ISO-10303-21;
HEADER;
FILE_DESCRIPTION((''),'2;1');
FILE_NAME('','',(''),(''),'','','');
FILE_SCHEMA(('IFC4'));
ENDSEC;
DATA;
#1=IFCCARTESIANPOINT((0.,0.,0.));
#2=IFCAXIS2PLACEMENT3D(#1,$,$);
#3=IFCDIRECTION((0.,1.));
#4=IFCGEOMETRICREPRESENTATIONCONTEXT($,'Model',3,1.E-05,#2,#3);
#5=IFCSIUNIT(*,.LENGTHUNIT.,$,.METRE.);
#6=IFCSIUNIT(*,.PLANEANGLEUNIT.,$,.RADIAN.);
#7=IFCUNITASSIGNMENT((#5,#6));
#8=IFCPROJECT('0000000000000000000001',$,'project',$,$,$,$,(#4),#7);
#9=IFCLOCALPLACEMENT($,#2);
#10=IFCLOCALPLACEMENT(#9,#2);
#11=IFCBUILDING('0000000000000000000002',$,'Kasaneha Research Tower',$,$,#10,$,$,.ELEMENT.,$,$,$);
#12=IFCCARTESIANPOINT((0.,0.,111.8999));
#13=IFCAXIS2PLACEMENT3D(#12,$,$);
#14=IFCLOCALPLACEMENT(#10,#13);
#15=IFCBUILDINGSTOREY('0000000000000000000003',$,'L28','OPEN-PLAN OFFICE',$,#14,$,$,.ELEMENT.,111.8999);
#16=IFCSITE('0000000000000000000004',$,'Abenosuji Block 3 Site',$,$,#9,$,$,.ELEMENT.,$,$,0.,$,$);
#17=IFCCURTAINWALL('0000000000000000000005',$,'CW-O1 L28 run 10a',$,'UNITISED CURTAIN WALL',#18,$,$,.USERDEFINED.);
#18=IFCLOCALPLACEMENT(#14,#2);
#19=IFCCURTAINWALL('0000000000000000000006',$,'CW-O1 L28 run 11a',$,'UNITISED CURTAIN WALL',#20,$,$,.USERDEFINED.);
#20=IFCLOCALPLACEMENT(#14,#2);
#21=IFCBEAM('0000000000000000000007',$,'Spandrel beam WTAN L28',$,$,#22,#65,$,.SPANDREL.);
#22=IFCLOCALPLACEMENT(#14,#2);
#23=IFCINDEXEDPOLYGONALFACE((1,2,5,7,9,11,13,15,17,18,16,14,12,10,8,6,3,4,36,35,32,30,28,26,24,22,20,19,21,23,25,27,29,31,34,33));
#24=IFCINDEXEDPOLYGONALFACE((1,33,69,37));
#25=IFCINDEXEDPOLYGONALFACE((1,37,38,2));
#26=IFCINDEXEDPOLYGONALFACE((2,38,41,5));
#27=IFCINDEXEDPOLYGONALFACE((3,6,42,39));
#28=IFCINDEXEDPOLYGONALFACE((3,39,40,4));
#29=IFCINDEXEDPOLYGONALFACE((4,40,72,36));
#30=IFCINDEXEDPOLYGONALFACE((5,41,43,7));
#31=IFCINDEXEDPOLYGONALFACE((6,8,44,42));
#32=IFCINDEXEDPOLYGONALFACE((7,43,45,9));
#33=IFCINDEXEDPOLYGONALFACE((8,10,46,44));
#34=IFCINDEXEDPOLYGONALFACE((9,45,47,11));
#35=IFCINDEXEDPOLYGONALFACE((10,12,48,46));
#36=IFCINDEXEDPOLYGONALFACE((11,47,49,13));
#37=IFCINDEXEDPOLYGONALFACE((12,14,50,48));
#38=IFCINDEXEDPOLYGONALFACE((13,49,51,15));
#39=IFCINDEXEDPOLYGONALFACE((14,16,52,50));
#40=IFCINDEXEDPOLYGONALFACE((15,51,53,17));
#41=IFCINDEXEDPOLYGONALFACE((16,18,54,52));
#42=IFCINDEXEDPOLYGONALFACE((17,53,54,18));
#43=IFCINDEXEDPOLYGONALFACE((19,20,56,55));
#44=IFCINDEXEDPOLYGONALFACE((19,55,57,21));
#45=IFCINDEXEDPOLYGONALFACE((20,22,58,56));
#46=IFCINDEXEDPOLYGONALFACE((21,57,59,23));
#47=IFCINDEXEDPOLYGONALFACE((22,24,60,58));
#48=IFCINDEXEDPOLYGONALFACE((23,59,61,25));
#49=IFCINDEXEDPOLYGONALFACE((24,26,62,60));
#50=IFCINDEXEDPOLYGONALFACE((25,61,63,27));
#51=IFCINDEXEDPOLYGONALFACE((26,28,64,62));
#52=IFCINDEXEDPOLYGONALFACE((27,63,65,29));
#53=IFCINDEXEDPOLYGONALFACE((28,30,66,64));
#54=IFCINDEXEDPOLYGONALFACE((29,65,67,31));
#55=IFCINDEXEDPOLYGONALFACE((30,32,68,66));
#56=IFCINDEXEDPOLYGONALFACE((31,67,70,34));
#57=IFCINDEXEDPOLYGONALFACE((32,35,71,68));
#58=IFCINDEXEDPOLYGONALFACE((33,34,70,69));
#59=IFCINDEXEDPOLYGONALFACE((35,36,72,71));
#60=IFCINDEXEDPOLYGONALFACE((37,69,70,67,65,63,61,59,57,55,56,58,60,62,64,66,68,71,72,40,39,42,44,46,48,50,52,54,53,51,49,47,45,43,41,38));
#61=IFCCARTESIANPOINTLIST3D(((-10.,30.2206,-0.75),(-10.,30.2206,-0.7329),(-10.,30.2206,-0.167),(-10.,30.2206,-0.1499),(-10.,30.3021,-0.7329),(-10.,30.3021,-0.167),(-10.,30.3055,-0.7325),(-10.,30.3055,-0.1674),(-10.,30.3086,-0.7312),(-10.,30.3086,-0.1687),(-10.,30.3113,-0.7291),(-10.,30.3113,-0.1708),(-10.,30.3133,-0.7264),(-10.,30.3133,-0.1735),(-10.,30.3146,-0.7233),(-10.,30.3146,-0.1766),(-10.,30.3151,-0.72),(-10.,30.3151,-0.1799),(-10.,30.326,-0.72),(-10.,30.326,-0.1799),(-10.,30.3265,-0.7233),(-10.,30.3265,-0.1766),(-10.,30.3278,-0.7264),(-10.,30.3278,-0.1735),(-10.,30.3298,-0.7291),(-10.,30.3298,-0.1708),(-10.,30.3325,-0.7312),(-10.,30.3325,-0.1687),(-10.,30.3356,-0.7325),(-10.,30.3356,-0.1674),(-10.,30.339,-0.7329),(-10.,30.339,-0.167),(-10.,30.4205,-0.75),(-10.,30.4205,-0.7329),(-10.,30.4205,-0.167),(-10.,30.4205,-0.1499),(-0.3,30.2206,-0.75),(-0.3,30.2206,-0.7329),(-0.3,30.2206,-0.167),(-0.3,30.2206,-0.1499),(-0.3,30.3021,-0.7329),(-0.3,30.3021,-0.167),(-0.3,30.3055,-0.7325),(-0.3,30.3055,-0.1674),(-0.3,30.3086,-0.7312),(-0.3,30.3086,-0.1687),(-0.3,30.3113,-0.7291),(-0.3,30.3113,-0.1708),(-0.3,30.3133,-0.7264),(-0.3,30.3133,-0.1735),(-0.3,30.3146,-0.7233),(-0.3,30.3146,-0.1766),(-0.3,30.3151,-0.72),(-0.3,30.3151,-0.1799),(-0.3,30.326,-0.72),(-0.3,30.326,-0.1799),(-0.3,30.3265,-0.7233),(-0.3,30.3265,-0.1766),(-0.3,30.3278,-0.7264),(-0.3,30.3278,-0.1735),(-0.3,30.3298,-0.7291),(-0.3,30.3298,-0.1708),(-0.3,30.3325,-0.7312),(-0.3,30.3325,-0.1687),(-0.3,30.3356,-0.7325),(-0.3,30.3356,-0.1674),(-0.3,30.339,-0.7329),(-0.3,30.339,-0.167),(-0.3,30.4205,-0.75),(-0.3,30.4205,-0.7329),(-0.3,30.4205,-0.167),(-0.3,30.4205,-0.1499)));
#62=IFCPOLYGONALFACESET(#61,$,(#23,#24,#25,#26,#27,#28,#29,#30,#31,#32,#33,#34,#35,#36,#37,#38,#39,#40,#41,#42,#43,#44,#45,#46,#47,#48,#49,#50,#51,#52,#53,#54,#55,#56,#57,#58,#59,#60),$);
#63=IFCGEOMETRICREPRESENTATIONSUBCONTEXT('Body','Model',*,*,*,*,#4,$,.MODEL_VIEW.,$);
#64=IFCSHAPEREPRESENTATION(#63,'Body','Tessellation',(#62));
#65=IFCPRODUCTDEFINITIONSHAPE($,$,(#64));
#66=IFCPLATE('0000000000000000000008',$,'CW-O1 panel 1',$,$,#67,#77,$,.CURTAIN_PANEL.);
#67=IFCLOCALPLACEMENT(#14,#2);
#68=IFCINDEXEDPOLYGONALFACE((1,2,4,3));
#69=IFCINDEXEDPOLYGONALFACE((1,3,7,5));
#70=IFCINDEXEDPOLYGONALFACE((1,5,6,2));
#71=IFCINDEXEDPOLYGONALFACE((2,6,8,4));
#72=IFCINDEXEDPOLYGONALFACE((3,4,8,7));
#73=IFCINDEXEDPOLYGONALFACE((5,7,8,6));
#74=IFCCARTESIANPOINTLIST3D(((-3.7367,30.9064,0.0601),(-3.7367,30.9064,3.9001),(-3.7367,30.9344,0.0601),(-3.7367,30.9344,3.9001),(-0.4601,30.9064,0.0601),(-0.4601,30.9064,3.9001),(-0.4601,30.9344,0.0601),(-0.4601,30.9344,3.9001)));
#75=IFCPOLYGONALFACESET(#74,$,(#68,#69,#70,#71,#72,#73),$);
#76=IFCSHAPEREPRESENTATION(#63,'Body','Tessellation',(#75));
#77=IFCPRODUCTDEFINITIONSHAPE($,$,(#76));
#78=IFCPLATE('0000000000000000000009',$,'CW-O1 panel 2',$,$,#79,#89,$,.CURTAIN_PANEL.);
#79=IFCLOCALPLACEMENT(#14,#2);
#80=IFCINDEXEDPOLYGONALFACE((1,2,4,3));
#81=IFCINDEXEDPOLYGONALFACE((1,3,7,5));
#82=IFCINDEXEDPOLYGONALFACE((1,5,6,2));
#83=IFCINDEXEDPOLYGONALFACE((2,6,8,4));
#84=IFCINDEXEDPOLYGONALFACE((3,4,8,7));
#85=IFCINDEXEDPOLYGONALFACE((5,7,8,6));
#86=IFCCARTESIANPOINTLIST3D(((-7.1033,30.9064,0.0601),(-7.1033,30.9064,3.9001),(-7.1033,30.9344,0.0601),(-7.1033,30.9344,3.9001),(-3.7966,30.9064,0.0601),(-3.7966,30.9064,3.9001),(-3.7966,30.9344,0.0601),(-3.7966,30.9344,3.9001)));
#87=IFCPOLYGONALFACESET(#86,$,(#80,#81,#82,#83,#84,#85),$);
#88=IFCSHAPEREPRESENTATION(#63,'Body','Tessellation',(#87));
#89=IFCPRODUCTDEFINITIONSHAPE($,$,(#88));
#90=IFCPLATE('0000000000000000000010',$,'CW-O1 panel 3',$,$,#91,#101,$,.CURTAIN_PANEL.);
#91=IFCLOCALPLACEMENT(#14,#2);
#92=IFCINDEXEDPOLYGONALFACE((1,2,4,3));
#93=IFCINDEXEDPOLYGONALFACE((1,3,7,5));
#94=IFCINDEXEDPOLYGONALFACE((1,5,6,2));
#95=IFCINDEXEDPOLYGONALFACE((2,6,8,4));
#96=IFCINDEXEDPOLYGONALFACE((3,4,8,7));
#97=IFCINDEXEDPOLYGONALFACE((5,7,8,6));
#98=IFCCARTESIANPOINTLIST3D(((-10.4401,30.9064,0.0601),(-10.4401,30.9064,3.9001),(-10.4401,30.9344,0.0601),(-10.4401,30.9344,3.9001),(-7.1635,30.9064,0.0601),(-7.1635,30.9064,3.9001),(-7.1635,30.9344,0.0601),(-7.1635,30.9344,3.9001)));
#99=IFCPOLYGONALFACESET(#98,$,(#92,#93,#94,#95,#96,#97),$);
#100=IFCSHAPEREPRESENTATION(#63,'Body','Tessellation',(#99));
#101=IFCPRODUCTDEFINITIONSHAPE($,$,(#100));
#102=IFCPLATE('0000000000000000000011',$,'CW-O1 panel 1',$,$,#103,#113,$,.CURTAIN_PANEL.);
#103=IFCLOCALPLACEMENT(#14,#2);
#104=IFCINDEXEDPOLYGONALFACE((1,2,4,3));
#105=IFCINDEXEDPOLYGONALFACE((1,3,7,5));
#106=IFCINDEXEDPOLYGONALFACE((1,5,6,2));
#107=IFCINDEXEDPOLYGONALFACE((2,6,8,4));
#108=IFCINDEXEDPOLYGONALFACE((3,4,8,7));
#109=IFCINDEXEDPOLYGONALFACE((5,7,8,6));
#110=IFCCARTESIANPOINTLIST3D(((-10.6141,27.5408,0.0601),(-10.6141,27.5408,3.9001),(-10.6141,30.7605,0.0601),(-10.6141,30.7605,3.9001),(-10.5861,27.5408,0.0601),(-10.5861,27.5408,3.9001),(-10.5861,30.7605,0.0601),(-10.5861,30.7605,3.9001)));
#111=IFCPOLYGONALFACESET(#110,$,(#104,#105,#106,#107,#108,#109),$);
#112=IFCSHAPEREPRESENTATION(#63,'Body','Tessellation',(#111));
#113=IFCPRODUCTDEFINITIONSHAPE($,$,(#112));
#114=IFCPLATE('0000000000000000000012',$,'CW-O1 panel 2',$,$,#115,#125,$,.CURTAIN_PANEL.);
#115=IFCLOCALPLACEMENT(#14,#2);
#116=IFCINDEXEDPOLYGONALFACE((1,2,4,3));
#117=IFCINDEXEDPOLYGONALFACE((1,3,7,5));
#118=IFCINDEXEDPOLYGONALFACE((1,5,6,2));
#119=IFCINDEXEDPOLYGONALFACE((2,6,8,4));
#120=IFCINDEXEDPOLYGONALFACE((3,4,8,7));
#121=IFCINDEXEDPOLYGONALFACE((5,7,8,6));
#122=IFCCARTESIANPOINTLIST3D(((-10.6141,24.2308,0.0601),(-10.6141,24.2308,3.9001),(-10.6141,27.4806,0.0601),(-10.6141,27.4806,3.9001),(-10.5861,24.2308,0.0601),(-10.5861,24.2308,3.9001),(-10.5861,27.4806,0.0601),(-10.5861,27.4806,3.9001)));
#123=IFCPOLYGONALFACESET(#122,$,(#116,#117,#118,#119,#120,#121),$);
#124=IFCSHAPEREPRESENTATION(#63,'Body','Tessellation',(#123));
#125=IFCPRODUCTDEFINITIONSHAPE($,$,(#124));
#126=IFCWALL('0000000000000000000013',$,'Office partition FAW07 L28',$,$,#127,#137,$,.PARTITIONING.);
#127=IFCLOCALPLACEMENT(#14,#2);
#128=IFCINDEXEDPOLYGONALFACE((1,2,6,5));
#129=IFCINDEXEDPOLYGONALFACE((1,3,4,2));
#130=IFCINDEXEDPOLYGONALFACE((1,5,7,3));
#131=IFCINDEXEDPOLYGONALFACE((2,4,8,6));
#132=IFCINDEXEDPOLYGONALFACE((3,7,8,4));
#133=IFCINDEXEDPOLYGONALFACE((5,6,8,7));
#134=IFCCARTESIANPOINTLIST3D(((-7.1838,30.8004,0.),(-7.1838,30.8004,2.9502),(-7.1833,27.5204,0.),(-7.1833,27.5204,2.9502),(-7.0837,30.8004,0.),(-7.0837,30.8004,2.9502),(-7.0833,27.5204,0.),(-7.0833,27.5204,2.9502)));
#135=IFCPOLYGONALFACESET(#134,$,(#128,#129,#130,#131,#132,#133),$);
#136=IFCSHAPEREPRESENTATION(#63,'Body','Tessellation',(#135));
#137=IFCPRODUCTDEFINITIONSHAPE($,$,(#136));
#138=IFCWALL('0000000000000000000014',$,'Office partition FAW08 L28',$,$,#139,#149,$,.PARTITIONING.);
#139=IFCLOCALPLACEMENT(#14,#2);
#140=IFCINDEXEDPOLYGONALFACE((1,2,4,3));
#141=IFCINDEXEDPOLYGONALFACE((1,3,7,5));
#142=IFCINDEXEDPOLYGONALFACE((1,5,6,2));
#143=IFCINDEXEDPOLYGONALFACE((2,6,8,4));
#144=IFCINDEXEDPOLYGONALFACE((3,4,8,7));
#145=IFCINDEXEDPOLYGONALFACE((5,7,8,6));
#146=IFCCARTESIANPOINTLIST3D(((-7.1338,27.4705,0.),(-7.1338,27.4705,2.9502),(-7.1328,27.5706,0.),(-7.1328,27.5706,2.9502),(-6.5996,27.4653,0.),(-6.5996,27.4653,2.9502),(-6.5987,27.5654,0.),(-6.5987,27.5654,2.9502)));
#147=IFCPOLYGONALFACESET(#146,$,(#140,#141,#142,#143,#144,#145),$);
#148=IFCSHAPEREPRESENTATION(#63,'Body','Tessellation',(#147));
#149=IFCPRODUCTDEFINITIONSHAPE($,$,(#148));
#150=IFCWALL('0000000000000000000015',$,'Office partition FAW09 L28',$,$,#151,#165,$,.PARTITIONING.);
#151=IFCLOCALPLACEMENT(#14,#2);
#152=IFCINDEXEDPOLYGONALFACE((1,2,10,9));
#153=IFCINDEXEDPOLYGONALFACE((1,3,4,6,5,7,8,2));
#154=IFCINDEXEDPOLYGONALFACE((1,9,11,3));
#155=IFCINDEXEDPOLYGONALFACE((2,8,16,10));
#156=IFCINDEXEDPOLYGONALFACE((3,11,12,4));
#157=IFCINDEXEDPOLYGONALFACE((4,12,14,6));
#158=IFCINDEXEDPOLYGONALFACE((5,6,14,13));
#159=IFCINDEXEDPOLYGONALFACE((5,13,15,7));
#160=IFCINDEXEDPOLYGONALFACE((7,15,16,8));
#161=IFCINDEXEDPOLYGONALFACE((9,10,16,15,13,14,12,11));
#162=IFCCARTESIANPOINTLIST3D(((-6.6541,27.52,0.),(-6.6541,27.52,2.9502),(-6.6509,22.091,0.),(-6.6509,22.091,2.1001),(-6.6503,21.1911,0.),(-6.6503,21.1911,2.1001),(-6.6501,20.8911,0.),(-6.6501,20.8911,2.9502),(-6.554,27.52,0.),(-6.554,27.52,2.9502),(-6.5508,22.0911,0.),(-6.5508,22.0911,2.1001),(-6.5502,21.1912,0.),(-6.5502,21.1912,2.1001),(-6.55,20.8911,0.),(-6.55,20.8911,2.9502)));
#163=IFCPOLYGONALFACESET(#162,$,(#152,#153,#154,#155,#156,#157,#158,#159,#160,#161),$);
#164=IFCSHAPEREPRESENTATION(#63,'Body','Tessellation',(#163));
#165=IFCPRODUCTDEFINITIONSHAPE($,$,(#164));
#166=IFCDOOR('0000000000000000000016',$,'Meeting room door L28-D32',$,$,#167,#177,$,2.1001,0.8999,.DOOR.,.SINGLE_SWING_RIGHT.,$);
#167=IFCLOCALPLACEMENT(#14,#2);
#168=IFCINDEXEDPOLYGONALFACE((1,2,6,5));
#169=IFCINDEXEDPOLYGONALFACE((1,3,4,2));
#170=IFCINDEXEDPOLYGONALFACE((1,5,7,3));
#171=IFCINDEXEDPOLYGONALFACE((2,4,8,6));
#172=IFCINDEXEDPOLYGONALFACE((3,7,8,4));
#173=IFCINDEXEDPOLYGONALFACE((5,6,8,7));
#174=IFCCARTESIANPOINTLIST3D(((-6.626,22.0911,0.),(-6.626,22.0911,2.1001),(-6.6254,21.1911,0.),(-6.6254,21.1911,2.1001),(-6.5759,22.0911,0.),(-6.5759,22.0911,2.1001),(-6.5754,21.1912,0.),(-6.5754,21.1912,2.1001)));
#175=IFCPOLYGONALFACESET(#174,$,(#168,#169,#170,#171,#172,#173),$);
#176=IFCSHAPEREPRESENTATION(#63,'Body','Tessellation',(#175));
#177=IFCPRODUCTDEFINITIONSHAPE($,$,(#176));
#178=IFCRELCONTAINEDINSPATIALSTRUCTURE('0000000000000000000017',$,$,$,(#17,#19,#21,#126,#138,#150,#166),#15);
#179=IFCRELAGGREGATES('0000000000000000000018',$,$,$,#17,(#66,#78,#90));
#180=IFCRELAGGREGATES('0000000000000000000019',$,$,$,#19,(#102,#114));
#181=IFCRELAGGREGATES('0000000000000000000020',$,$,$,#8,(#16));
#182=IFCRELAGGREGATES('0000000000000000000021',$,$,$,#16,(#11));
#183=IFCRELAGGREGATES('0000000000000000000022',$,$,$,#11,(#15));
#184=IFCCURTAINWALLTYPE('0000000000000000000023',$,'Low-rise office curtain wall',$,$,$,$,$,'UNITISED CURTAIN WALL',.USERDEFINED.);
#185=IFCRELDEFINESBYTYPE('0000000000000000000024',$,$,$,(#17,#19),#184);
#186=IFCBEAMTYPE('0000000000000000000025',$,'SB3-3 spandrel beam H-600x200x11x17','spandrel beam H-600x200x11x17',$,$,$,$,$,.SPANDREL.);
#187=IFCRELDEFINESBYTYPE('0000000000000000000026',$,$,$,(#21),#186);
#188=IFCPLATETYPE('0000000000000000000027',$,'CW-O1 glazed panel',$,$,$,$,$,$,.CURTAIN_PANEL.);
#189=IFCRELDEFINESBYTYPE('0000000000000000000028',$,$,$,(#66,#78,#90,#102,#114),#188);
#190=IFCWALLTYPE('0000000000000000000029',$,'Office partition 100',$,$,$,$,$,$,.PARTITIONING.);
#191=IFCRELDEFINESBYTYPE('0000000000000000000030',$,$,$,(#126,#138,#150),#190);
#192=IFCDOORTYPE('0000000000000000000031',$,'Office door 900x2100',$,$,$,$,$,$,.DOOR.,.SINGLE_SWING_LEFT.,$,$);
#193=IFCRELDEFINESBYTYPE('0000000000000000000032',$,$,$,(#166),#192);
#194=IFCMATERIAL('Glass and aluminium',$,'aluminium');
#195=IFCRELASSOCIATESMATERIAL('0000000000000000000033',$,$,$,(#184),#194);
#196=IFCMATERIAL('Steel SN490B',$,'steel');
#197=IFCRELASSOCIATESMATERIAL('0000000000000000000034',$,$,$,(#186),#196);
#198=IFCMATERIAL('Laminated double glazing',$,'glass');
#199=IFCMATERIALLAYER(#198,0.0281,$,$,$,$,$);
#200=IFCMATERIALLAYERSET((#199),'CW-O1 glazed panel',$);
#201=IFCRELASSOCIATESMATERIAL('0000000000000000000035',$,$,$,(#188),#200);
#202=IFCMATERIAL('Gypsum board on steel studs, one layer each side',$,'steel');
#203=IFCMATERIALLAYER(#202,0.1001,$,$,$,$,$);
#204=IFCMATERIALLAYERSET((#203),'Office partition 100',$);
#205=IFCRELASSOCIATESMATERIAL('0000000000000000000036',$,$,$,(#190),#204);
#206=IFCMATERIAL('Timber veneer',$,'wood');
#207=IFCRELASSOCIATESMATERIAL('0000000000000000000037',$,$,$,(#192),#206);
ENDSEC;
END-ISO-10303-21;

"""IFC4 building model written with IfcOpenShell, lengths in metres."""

from ifc_helpers import new_model, si_unit, direction, frame, frame_2d, origin, origin_2d, place, context, subcontext, project, spatial, rectangle, i_section, extrude, material, layer, layer_set, material_profile, profile_set, type_object, element, fill, aggregate, save


model = new_model("IFC4")

# Units and contexts
model_context = context("Model", 3, precision=1e-05, world=origin(), true_north=direction((0.0, 1.0)))
body_context = subcontext(model_context, "Body", "Model", "MODEL_VIEW")
ifc_project = project(units=[si_unit("LENGTHUNIT", "METRE"), si_unit("PLANEANGLEUNIT", "RADIAN")], contexts=[model_context])

# Site, building, storey
site_placement = place(None, origin())
site = spatial("IfcSite", under=ifc_project, at=site_placement, Name="Abenosuji Block 3 Site", CompositionType="ELEMENT", RefElevation=0.0)
building_placement = place(site_placement, origin())
building = spatial("IfcBuilding", under=site, at=building_placement, Name="Kasaneha Research Tower", CompositionType="ELEMENT")
storey_placement = place(building_placement, frame((0.0, 0.0, 111.8999)))
storey = spatial("IfcBuildingStorey", under=building, at=storey_placement, Name="L28", Description="OPEN-PLAN OFFICE", CompositionType="ELEMENT", Elevation=111.8999)

# Curtain walls
ifc_material_1 = material(Name="Glass and aluminium", Category="aluminium")
curtain_wall_type = type_object("IfcCurtainWallType", Name="Low-rise office curtain wall", ElementType="UNITISED CURTAIN WALL", PredefinedType="USERDEFINED", material=ifc_material_1)
curtain_wall_1_placement = place(storey_placement, origin())
curtain_wall_1 = element("IfcCurtainWall", 1, at=curtain_wall_1_placement, inside=storey, type_object=curtain_wall_type, Name="CW-O1 L28 run 10a", ObjectType="UNITISED CURTAIN WALL", PredefinedType="USERDEFINED")
curtain_wall_2_placement = place(storey_placement, origin())
curtain_wall_2 = element("IfcCurtainWall", 2, at=curtain_wall_2_placement, inside=storey, type_object=curtain_wall_type, Name="CW-O1 L28 run 11a", ObjectType="UNITISED CURTAIN WALL", PredefinedType="USERDEFINED")

# Beam
ifc_material_2 = material(Name="Steel SN490B", Category="steel")
ifc_material_profile_1 = material_profile(ifc_material_2, i_section(OverallWidth=0.2, OverallDepth=0.6001, WebThickness=0.011, FlangeThickness=0.0171, FilletRadius=0.0129, at=origin_2d()), Name="H-600x200x11x17")
ifc_profile_set_1 = profile_set([ifc_material_profile_1], Name="Steel SN490B")
beam_type_1 = type_object("IfcBeamType", Name="SB3-3 spandrel beam H-600x200x11x17", Description="spandrel beam H-600x200x11x17", PredefinedType="SPANDREL", material=ifc_profile_set_1)
beam_1_placement = place(storey_placement, frame((-10.0, 30.3206, -0.45), z_axis=(1.0, 0.0, 0.0), x_axis=(0.0, 1.0, 0.0)))
element("IfcBeam", 3, at=beam_1_placement, inside=storey, type_object=beam_type_1, Name="Spandrel beam WTAN L28", PredefinedType="SPANDREL", context=body_context, shape_type="SweptSolid", body=[
    extrude(i_section(OverallWidth=0.2, OverallDepth=0.6001, WebThickness=0.011, FlangeThickness=0.0171, FilletRadius=0.0129, at=origin_2d()), origin(), (0.0, 0.0, 1.0), 9.7),
])

# Plates
ifc_material_3 = material(Name="Laminated double glazing", Category="glass")
ifc_layer_1 = layer(ifc_material_3, 0.0281)
ifc_layer_set_1 = layer_set([ifc_layer_1], Name="CW-O1 glazed panel")
plate_type = type_object("IfcPlateType", Name="CW-O1 glazed panel", PredefinedType="CURTAIN_PANEL", material=ifc_layer_set_1)
plate_1_placement = place(storey_placement, frame((-2.0984, 30.9204, 0.0601), z_axis=(0.0, 0.0, 1.0), x_axis=(-1.0, 0.0, 0.0)))
plate_1 = element("IfcPlate", 4, at=plate_1_placement, type_object=plate_type, Name="CW-O1 panel 1", PredefinedType="CURTAIN_PANEL", context=body_context, shape_type="SweptSolid", body=[
    extrude(rectangle(XDim=3.2766, YDim=0.0281, at=origin_2d()), origin(), (0.0, 0.0, 1.0), 3.8401),
])
plate_2_placement = place(storey_placement, frame((-5.45, 30.9204, 0.0601), z_axis=(0.0, 0.0, 1.0), x_axis=(-1.0, 0.0, 0.0)))
plate_2 = element("IfcPlate", 5, at=plate_2_placement, type_object=plate_type, Name="CW-O1 panel 2", PredefinedType="CURTAIN_PANEL", context=body_context, shape_type="SweptSolid", body=[
    extrude(rectangle(XDim=3.3066, YDim=0.0281, at=origin_2d()), origin(), (0.0, 0.0, 1.0), 3.8401),
])
plate_3_placement = place(storey_placement, frame((-8.8018, 30.9204, 0.0601), z_axis=(0.0, 0.0, 1.0), x_axis=(-1.0, 0.0, 0.0)))
plate_3 = element("IfcPlate", 6, at=plate_3_placement, type_object=plate_type, Name="CW-O1 panel 3", PredefinedType="CURTAIN_PANEL", context=body_context, shape_type="SweptSolid", body=[
    extrude(rectangle(XDim=3.2766, YDim=0.0281, at=origin_2d()), origin(), (0.0, 0.0, 1.0), 3.8401),
])
aggregate(curtain_wall_1, [plate_1, plate_2, plate_3])
plate_4_placement = place(storey_placement, frame((-10.6001, 29.1506, 0.0601), z_axis=(0.0, 0.0, 1.0), x_axis=(0.0, -1.0, 0.0)))
plate_4 = element("IfcPlate", 7, at=plate_4_placement, type_object=plate_type, Name="CW-O1 panel 1", PredefinedType="CURTAIN_PANEL", context=body_context, shape_type="SweptSolid", body=[
    extrude(rectangle(XDim=3.2197, YDim=0.0281, at=origin_2d()), origin(), (0.0, 0.0, 1.0), 3.8401),
])
plate_5_placement = place(storey_placement, frame((-10.6001, 25.8557, 0.0601), z_axis=(0.0, 0.0, 1.0), x_axis=(0.0, -1.0, 0.0)))
plate_5 = element("IfcPlate", 8, at=plate_5_placement, type_object=plate_type, Name="CW-O1 panel 2", PredefinedType="CURTAIN_PANEL", context=body_context, shape_type="SweptSolid", body=[
    extrude(rectangle(XDim=3.2498, YDim=0.0281, at=origin_2d()), origin(), (0.0, 0.0, 1.0), 3.8401),
])
aggregate(curtain_wall_2, [plate_4, plate_5])

# Walls
ifc_material_4 = material(Name="Gypsum board on steel studs, one layer each side", Category="steel")
ifc_layer_2 = layer(ifc_material_4, 0.1001)
ifc_layer_set_2 = layer_set([ifc_layer_2], Name="Office partition 100")
wall_type = type_object("IfcWallType", Name="Office partition 100", PredefinedType="PARTITIONING", material=ifc_layer_set_2)
wall_1_placement = place(storey_placement, frame((-7.1338, 30.8005, 0.0), z_axis=(0.0, 0.0, 1.0), x_axis=(0.000149, -1.0, 0.0)))
element("IfcWall", 9, at=wall_1_placement, inside=storey, type_object=wall_type, Name="Office partition FAW07 L28", PredefinedType="PARTITIONING", context=body_context, shape_type="SweptSolid", body=[
    extrude(rectangle(XDim=3.28, YDim=0.1001, at=frame_2d((1.6401, 0.0))), origin(), (0.0, 0.0, 1.0), 2.9502),
])
wall_2_placement = place(storey_placement, frame((-7.1333, 27.5205, 0.0), z_axis=(0.0, 0.0, 1.0), x_axis=(0.999954, -0.009597, 0.0)))
element("IfcWall", 10, at=wall_2_placement, inside=storey, type_object=wall_type, Name="Office partition FAW08 L28", PredefinedType="PARTITIONING", context=body_context, shape_type="SweptSolid", body=[
    extrude(rectangle(XDim=0.5342, YDim=0.1001, at=frame_2d((0.2671, 0.0))), origin(), (0.0, 0.0, 1.0), 2.9502),
])

# Wall, opening, door
wall_3_placement = place(storey_placement, frame((-6.604, 27.52, 0.0), z_axis=(0.0, 0.0, 1.0), x_axis=(0.000589, -1.0, 0.0)))
wall_3 = element("IfcWall", 11, at=wall_3_placement, inside=storey, type_object=wall_type, Name="Office partition FAW09 L28", PredefinedType="PARTITIONING", context=body_context, shape_type="SweptSolid", body=[
    extrude(rectangle(XDim=6.6289, YDim=0.1001, at=frame_2d((3.3145, 0.0))), origin(), (0.0, 0.0, 1.0), 2.9502),
])
opening_1_placement = place(wall_3_placement, frame((5.429, 0.0, 0.0)))
opening_1 = element("IfcOpeningElement", 12, at=opening_1_placement, cuts=wall_3, PredefinedType="OPENING", context=body_context, shape_type="SweptSolid", body=[
    extrude(rectangle(XDim=0.8999, YDim=2.1001, at=frame_2d((0.45, 1.05))), frame((0.0, 0.0601, 0.0), z_axis=(0.0, -1.0, 0.0), x_axis=(1.0, 0.0, 0.0)), (0.0, 0.0, 1.0), 0.1201),
])
ifc_material_5 = material(Name="Timber veneer", Category="wood")
door_type = type_object("IfcDoorType", Name="Office door 900x2100", OperationType="SINGLE_SWING_LEFT", PredefinedType="DOOR", material=ifc_material_5)
door_1_placement = place(opening_1_placement, origin())
door_1 = element("IfcDoor", 13, at=door_1_placement, inside=storey, type_object=door_type, Name="Meeting room door L28-D32", OperationType="SINGLE_SWING_RIGHT", OverallHeight=2.1001, OverallWidth=0.8999, PredefinedType="DOOR", context=body_context, shape_type="SweptSolid", body=[
    extrude(rectangle(XDim=0.8999, YDim=2.1001, at=frame_2d((0.45, 1.05))), frame((0.0, 0.0249, 0.0), z_axis=(0.0, -1.0, 0.0), x_axis=(1.0, 0.0, 0.0)), (0.0, 0.0, 1.0), 0.05),
])
fill(opening_1, door_1)

save(model, "model.ifc")
